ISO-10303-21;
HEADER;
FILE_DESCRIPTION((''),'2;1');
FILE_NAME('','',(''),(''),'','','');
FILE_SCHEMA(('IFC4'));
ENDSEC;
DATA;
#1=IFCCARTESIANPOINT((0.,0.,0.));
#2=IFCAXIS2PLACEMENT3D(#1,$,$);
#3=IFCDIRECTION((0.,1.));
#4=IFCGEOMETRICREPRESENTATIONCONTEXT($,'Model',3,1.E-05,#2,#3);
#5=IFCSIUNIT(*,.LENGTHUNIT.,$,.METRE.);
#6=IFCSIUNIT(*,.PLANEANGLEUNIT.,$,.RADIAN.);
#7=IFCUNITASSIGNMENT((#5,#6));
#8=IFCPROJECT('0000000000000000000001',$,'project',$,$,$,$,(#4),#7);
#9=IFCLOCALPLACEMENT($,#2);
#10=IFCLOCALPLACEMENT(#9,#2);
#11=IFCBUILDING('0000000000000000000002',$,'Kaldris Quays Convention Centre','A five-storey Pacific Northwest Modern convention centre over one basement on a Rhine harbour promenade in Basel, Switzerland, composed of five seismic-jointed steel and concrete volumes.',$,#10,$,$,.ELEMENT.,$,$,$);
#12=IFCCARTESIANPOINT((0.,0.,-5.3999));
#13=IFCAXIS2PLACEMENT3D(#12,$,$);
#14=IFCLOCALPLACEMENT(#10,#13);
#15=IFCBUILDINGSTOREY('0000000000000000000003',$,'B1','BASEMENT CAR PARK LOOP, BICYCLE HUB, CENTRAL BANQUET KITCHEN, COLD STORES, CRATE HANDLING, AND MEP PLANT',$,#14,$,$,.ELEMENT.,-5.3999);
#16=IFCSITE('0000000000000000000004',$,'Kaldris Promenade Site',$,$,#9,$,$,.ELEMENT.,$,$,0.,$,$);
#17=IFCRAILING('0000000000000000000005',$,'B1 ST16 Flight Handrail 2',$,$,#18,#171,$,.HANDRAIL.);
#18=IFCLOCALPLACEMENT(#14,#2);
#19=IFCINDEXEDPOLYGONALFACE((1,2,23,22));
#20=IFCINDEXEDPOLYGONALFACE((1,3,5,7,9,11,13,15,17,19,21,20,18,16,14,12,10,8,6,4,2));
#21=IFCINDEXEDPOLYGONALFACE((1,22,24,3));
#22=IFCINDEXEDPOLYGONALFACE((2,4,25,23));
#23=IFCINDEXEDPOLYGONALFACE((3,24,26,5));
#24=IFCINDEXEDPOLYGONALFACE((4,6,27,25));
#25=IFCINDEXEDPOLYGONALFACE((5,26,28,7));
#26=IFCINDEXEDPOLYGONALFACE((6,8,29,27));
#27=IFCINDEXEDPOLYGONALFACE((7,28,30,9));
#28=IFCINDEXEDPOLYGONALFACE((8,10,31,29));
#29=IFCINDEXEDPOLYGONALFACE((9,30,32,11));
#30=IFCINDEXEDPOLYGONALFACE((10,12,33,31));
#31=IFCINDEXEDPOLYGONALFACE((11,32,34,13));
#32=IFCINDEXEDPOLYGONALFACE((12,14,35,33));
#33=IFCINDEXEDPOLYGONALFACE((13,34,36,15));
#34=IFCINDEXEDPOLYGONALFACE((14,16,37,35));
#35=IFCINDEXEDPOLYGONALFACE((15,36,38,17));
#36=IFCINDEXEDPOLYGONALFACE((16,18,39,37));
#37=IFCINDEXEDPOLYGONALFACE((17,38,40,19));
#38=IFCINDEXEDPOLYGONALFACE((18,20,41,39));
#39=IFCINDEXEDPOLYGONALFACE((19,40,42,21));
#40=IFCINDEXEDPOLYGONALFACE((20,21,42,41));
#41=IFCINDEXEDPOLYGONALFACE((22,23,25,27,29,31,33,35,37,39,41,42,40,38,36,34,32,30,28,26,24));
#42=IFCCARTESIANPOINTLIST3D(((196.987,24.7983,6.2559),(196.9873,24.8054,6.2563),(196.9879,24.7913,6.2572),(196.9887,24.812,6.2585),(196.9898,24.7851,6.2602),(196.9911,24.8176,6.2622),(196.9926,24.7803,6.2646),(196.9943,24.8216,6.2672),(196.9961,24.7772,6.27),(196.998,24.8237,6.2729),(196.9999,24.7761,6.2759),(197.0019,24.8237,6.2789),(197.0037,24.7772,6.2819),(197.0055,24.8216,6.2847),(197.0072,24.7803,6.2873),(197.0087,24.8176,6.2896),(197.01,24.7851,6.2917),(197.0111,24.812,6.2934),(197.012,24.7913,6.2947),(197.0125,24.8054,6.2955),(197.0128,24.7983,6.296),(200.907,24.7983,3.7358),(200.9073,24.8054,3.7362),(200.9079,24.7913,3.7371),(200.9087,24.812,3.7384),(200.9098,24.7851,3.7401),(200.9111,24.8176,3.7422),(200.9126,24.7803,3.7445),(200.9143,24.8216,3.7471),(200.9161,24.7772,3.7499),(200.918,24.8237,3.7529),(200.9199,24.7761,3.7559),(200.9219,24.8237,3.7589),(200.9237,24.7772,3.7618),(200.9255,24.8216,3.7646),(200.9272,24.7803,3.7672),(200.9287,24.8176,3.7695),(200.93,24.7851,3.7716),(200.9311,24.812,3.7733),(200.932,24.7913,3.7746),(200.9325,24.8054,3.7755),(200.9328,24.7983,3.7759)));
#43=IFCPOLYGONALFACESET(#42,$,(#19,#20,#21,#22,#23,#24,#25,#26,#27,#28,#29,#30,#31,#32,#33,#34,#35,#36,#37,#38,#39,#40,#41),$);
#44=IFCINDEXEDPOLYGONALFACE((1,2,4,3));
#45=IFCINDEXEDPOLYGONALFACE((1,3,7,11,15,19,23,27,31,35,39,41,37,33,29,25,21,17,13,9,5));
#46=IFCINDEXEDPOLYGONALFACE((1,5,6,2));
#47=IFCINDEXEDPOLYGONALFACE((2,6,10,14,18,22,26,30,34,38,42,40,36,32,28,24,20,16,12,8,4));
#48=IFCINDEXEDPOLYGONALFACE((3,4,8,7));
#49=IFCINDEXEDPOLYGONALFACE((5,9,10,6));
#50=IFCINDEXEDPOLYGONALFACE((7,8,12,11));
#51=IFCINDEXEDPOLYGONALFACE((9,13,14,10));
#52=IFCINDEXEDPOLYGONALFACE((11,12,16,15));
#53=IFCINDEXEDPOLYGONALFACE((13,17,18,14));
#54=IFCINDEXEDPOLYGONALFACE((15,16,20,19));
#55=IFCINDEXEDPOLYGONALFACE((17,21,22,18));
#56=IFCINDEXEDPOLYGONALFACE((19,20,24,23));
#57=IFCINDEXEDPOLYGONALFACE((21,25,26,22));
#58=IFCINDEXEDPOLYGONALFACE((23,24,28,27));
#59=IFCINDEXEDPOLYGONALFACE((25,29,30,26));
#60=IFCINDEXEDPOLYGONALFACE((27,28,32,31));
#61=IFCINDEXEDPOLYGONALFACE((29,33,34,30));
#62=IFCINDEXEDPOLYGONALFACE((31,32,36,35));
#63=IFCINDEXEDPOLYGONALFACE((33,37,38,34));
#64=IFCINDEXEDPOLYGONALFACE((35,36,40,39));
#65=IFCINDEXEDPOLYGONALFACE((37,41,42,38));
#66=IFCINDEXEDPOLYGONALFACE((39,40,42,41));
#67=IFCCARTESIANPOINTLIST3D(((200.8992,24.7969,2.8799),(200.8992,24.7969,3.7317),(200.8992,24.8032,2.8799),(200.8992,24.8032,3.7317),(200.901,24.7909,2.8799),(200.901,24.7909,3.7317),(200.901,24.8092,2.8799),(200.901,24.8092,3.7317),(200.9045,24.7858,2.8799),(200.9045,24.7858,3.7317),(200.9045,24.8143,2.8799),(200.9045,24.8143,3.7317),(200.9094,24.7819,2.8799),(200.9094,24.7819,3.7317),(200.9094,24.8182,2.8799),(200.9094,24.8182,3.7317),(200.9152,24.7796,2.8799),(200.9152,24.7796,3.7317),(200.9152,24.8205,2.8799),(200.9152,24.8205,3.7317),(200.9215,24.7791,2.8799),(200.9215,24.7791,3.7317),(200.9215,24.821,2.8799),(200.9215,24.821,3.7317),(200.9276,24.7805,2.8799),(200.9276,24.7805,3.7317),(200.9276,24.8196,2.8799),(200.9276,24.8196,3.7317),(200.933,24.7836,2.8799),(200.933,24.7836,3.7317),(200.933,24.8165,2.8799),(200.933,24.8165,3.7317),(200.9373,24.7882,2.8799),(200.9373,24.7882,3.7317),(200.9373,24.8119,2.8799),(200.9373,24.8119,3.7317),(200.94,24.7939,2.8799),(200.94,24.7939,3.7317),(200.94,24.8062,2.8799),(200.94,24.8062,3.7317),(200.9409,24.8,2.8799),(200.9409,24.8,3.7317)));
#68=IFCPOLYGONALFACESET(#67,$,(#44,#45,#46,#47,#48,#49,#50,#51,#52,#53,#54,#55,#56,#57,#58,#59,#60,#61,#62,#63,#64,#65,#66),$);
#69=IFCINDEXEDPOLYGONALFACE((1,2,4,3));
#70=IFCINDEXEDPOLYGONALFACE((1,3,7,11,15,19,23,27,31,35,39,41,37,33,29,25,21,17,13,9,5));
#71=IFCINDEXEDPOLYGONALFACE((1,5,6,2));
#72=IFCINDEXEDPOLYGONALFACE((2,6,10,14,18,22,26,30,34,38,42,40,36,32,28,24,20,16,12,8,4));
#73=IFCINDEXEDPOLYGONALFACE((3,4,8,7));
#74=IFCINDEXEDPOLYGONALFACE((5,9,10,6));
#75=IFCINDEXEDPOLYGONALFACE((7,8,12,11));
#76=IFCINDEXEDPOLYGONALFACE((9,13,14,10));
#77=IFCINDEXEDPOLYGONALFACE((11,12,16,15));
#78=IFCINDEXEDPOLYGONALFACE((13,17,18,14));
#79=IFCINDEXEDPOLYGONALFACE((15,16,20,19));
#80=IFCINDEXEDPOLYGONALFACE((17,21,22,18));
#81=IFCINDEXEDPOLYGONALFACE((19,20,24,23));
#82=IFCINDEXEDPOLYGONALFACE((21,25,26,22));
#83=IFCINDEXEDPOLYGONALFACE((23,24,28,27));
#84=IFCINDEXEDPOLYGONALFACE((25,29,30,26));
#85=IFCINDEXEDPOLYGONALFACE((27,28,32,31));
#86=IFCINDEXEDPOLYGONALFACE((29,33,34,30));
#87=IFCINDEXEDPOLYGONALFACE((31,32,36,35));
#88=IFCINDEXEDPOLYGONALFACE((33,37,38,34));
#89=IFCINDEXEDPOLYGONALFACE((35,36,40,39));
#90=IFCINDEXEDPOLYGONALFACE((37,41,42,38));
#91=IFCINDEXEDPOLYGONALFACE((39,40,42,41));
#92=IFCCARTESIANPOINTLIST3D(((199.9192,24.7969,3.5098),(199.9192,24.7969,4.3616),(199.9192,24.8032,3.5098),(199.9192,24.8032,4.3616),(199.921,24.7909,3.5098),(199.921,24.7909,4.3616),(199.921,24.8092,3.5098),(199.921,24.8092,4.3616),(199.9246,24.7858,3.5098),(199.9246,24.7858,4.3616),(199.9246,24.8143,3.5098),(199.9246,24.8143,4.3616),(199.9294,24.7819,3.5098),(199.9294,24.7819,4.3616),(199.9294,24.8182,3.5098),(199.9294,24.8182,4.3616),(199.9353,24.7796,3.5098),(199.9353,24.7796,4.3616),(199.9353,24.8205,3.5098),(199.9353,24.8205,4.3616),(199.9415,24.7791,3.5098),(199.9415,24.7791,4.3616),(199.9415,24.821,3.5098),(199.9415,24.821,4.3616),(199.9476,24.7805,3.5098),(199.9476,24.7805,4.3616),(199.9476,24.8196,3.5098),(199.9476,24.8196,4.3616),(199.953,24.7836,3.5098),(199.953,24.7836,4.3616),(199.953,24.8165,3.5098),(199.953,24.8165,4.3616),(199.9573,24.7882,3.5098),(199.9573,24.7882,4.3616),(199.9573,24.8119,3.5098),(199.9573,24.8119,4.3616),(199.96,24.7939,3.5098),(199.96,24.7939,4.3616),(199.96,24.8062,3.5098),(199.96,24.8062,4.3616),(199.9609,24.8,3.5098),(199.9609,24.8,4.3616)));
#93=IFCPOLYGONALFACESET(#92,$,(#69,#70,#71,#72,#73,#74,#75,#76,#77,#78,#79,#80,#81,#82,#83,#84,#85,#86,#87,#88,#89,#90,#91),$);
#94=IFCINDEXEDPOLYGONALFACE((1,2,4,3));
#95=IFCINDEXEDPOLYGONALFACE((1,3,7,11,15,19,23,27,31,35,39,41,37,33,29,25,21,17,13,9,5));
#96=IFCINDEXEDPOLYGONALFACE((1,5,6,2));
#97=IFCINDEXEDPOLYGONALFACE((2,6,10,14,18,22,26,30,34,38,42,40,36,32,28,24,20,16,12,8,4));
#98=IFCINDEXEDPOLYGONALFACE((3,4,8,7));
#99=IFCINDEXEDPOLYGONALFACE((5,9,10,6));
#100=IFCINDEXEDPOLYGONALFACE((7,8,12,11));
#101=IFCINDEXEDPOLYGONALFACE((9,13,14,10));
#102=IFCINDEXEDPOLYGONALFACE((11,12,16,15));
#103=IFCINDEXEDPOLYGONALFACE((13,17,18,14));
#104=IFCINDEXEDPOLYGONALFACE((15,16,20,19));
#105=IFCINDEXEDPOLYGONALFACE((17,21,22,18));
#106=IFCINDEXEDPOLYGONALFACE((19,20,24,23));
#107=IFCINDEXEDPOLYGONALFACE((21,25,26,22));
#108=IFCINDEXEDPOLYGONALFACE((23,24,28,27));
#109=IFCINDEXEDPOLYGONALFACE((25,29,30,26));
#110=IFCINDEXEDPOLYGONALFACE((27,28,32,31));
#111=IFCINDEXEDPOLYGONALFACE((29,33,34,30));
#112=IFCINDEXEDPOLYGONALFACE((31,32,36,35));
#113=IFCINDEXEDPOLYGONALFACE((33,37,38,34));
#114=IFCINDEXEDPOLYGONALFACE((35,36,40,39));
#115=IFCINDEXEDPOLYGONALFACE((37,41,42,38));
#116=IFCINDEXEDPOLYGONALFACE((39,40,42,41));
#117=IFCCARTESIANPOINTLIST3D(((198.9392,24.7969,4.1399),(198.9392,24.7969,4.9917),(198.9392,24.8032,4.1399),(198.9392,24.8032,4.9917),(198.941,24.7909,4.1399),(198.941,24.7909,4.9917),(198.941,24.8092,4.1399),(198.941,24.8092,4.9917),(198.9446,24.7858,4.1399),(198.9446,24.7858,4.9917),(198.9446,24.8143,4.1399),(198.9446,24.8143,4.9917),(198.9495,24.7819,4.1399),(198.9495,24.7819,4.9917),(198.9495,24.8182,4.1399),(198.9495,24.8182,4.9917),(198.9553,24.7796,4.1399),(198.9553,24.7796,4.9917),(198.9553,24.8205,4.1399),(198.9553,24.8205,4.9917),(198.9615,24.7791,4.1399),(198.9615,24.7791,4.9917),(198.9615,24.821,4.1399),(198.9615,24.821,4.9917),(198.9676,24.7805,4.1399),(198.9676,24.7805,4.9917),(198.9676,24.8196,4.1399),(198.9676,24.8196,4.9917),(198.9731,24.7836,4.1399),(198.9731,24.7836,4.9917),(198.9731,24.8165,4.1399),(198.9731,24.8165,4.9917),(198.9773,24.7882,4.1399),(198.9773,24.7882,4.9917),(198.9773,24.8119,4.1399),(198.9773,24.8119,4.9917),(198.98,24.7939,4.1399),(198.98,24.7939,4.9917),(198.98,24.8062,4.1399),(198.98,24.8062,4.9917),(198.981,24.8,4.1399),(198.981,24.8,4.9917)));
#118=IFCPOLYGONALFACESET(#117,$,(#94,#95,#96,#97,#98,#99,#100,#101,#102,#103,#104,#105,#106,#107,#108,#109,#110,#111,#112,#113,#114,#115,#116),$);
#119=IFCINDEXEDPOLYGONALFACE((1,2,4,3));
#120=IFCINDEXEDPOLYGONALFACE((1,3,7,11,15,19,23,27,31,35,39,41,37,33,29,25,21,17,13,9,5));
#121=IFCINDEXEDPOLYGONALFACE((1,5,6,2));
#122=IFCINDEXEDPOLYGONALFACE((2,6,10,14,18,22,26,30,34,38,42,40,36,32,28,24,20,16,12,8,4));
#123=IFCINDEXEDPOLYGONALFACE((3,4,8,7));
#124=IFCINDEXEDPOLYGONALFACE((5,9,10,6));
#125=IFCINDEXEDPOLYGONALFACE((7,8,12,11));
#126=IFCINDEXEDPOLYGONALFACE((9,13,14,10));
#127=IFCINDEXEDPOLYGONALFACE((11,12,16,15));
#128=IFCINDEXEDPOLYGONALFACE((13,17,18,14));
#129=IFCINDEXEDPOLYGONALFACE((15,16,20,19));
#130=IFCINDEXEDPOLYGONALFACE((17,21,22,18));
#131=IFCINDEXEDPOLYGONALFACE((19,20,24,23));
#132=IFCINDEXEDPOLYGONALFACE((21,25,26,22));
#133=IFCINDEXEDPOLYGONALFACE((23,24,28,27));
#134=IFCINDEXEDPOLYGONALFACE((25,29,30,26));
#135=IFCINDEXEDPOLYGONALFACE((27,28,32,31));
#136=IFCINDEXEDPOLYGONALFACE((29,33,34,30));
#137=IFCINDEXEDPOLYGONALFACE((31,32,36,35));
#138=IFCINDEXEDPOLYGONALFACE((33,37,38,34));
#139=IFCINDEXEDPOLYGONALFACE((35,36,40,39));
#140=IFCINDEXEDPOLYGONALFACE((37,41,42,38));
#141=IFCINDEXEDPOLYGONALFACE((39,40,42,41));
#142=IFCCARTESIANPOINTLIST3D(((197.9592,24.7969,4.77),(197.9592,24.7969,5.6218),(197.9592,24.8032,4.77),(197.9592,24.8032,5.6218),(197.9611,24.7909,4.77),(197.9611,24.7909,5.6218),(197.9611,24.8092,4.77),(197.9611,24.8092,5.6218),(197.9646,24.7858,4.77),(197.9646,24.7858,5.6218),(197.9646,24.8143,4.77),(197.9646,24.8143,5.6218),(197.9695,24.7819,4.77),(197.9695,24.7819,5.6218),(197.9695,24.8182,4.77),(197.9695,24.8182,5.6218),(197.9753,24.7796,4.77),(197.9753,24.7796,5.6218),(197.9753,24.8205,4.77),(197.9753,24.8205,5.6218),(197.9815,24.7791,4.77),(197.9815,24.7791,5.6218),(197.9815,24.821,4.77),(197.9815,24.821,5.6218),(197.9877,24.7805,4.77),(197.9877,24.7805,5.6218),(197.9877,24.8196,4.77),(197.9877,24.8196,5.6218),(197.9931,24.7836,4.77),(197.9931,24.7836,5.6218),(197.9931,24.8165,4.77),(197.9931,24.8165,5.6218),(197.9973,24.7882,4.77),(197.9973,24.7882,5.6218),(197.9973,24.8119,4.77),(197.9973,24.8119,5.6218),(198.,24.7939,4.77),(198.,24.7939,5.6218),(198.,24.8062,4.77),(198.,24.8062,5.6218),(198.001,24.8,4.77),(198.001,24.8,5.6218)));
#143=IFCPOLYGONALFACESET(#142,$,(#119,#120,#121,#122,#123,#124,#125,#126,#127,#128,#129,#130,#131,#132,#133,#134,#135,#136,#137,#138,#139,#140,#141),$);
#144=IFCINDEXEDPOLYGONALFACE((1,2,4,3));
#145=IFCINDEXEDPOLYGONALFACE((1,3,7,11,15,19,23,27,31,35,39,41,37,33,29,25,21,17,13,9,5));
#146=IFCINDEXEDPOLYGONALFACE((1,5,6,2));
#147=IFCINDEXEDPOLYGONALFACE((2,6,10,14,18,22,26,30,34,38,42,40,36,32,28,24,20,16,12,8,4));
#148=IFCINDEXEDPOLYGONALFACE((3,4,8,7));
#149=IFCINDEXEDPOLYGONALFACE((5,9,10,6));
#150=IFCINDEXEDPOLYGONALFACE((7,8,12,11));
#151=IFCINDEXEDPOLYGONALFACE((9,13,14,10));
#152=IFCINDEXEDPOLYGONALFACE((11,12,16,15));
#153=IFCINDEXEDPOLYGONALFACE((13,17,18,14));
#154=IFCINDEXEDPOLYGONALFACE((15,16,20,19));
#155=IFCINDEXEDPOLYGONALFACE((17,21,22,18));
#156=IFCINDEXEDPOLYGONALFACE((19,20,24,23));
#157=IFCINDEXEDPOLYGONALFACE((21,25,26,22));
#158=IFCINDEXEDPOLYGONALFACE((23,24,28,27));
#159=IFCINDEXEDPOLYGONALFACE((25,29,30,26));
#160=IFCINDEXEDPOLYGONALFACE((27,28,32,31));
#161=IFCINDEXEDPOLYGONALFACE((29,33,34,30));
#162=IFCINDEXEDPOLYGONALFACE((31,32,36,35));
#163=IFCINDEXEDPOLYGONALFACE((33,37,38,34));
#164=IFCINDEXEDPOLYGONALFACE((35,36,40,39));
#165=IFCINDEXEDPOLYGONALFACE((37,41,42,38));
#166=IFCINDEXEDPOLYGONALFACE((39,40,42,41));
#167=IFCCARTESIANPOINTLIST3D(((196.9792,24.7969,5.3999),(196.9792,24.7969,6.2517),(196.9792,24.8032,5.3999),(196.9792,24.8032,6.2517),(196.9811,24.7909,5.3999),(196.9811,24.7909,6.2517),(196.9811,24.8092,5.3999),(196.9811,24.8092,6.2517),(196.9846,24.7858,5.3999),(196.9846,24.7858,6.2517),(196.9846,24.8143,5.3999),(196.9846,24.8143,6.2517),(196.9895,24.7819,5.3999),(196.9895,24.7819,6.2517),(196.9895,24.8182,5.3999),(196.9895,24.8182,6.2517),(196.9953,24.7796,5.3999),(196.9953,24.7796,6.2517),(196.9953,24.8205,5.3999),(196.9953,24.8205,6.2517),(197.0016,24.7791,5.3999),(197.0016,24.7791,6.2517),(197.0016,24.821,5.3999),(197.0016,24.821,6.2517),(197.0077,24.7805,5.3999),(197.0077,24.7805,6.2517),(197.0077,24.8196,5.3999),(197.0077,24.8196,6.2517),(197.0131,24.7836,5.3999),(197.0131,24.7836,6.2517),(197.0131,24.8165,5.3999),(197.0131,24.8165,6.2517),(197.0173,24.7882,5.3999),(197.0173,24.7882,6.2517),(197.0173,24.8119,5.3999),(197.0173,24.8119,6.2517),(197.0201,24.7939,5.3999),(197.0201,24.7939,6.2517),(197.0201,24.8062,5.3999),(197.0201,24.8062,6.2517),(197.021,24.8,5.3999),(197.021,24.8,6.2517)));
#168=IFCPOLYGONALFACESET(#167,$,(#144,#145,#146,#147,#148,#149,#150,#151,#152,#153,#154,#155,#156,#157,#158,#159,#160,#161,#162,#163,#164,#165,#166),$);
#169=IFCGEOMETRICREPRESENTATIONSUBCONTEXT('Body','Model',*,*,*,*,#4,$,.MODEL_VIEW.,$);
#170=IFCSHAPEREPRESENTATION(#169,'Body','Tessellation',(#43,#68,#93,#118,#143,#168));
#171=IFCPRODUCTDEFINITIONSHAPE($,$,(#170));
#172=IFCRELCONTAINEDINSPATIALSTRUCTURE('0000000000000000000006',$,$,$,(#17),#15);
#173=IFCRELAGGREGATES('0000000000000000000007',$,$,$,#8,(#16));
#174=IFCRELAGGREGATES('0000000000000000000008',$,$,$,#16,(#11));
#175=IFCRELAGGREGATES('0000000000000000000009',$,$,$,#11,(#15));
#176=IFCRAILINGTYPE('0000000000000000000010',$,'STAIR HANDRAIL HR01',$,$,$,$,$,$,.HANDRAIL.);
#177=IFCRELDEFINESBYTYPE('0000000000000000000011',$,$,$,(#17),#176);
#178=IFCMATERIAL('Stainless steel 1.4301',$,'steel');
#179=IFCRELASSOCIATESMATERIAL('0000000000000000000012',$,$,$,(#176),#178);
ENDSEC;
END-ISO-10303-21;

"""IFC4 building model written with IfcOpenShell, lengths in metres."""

from ifc_helpers import new_model, si_unit, direction, frame, origin, origin_2d, place, context, subcontext, project, spatial, circle, extrude, material, type_object, element, save


model = new_model("IFC4")

# Units and contexts
model_context = context("Model", 3, precision=1e-05, world=origin(), true_north=direction((0.0, 1.0)))
body_context = subcontext(model_context, "Body", "Model", "MODEL_VIEW")
ifc_project = project(units=[si_unit("LENGTHUNIT", "METRE"), si_unit("PLANEANGLEUNIT", "RADIAN")], contexts=[model_context])

# Site, building, storey
site_placement = place(None, origin())
site = spatial("IfcSite", under=ifc_project, at=site_placement, Name="Kaldris Promenade Site", CompositionType="ELEMENT", RefElevation=0.0)
building_placement = place(site_placement, origin())
building = spatial("IfcBuilding", under=site, at=building_placement, Name="Kaldris Quays Convention Centre", Description="A five-storey Pacific Northwest Modern convention centre over one basement on a Rhine harbour promenade in Basel, Switzerland, composed of five seismic-jointed steel and concrete volumes.", CompositionType="ELEMENT")
storey_placement = place(building_placement, frame((0.0, 0.0, -5.3999)))
storey = spatial("IfcBuildingStorey", under=building, at=storey_placement, Name="B1", Description="BASEMENT CAR PARK LOOP, BICYCLE HUB, CENTRAL BANQUET KITCHEN, COLD STORES, CRATE HANDLING, AND MEP PLANT", CompositionType="ELEMENT", Elevation=-5.3999)

# Railing
ifc_material_1 = material(Name="Stainless steel 1.4301", Category="steel")
railing_type_1 = type_object("IfcRailingType", Name="STAIR HANDRAIL HR01", PredefinedType="HANDRAIL", material=ifc_material_1)
railing_1_placement = place(storey_placement, frame((200.9199, 24.8, 2.8799)))
element("IfcRailing", 1, at=railing_1_placement, inside=storey, type_object=railing_type_1, Name="B1 ST16 Flight Handrail 2", PredefinedType="HANDRAIL", context=body_context, shape_type="SweptSolid", body=[
    extrude(circle(Radius=0.0239, at=origin_2d()), frame((0.0, 0.0, 0.876), z_axis=(-0.841172, 0.0, 0.540768), x_axis=(0.0, -1.0, 0.0)), (0.0, 0.0, 1.0), 4.6602),
    extrude(circle(Radius=0.021, at=origin_2d()), origin(), (0.0, 0.0, 1.0), 0.8518),
    extrude(circle(Radius=0.021, at=origin_2d()), frame((-0.98, 0.0, 0.6299)), (0.0, 0.0, 1.0), 0.8518),
    extrude(circle(Radius=0.021, at=origin_2d()), frame((-1.96, 0.0, 1.26)), (0.0, 0.0, 1.0), 0.8518),
    extrude(circle(Radius=0.021, at=origin_2d()), frame((-2.9399, 0.0, 1.8901)), (0.0, 0.0, 1.0), 0.8518),
    extrude(circle(Radius=0.021, at=origin_2d()), frame((-3.9199, 0.0, 2.52)), (0.0, 0.0, 1.0), 0.8518),
])

save(model, "model.ifc")
